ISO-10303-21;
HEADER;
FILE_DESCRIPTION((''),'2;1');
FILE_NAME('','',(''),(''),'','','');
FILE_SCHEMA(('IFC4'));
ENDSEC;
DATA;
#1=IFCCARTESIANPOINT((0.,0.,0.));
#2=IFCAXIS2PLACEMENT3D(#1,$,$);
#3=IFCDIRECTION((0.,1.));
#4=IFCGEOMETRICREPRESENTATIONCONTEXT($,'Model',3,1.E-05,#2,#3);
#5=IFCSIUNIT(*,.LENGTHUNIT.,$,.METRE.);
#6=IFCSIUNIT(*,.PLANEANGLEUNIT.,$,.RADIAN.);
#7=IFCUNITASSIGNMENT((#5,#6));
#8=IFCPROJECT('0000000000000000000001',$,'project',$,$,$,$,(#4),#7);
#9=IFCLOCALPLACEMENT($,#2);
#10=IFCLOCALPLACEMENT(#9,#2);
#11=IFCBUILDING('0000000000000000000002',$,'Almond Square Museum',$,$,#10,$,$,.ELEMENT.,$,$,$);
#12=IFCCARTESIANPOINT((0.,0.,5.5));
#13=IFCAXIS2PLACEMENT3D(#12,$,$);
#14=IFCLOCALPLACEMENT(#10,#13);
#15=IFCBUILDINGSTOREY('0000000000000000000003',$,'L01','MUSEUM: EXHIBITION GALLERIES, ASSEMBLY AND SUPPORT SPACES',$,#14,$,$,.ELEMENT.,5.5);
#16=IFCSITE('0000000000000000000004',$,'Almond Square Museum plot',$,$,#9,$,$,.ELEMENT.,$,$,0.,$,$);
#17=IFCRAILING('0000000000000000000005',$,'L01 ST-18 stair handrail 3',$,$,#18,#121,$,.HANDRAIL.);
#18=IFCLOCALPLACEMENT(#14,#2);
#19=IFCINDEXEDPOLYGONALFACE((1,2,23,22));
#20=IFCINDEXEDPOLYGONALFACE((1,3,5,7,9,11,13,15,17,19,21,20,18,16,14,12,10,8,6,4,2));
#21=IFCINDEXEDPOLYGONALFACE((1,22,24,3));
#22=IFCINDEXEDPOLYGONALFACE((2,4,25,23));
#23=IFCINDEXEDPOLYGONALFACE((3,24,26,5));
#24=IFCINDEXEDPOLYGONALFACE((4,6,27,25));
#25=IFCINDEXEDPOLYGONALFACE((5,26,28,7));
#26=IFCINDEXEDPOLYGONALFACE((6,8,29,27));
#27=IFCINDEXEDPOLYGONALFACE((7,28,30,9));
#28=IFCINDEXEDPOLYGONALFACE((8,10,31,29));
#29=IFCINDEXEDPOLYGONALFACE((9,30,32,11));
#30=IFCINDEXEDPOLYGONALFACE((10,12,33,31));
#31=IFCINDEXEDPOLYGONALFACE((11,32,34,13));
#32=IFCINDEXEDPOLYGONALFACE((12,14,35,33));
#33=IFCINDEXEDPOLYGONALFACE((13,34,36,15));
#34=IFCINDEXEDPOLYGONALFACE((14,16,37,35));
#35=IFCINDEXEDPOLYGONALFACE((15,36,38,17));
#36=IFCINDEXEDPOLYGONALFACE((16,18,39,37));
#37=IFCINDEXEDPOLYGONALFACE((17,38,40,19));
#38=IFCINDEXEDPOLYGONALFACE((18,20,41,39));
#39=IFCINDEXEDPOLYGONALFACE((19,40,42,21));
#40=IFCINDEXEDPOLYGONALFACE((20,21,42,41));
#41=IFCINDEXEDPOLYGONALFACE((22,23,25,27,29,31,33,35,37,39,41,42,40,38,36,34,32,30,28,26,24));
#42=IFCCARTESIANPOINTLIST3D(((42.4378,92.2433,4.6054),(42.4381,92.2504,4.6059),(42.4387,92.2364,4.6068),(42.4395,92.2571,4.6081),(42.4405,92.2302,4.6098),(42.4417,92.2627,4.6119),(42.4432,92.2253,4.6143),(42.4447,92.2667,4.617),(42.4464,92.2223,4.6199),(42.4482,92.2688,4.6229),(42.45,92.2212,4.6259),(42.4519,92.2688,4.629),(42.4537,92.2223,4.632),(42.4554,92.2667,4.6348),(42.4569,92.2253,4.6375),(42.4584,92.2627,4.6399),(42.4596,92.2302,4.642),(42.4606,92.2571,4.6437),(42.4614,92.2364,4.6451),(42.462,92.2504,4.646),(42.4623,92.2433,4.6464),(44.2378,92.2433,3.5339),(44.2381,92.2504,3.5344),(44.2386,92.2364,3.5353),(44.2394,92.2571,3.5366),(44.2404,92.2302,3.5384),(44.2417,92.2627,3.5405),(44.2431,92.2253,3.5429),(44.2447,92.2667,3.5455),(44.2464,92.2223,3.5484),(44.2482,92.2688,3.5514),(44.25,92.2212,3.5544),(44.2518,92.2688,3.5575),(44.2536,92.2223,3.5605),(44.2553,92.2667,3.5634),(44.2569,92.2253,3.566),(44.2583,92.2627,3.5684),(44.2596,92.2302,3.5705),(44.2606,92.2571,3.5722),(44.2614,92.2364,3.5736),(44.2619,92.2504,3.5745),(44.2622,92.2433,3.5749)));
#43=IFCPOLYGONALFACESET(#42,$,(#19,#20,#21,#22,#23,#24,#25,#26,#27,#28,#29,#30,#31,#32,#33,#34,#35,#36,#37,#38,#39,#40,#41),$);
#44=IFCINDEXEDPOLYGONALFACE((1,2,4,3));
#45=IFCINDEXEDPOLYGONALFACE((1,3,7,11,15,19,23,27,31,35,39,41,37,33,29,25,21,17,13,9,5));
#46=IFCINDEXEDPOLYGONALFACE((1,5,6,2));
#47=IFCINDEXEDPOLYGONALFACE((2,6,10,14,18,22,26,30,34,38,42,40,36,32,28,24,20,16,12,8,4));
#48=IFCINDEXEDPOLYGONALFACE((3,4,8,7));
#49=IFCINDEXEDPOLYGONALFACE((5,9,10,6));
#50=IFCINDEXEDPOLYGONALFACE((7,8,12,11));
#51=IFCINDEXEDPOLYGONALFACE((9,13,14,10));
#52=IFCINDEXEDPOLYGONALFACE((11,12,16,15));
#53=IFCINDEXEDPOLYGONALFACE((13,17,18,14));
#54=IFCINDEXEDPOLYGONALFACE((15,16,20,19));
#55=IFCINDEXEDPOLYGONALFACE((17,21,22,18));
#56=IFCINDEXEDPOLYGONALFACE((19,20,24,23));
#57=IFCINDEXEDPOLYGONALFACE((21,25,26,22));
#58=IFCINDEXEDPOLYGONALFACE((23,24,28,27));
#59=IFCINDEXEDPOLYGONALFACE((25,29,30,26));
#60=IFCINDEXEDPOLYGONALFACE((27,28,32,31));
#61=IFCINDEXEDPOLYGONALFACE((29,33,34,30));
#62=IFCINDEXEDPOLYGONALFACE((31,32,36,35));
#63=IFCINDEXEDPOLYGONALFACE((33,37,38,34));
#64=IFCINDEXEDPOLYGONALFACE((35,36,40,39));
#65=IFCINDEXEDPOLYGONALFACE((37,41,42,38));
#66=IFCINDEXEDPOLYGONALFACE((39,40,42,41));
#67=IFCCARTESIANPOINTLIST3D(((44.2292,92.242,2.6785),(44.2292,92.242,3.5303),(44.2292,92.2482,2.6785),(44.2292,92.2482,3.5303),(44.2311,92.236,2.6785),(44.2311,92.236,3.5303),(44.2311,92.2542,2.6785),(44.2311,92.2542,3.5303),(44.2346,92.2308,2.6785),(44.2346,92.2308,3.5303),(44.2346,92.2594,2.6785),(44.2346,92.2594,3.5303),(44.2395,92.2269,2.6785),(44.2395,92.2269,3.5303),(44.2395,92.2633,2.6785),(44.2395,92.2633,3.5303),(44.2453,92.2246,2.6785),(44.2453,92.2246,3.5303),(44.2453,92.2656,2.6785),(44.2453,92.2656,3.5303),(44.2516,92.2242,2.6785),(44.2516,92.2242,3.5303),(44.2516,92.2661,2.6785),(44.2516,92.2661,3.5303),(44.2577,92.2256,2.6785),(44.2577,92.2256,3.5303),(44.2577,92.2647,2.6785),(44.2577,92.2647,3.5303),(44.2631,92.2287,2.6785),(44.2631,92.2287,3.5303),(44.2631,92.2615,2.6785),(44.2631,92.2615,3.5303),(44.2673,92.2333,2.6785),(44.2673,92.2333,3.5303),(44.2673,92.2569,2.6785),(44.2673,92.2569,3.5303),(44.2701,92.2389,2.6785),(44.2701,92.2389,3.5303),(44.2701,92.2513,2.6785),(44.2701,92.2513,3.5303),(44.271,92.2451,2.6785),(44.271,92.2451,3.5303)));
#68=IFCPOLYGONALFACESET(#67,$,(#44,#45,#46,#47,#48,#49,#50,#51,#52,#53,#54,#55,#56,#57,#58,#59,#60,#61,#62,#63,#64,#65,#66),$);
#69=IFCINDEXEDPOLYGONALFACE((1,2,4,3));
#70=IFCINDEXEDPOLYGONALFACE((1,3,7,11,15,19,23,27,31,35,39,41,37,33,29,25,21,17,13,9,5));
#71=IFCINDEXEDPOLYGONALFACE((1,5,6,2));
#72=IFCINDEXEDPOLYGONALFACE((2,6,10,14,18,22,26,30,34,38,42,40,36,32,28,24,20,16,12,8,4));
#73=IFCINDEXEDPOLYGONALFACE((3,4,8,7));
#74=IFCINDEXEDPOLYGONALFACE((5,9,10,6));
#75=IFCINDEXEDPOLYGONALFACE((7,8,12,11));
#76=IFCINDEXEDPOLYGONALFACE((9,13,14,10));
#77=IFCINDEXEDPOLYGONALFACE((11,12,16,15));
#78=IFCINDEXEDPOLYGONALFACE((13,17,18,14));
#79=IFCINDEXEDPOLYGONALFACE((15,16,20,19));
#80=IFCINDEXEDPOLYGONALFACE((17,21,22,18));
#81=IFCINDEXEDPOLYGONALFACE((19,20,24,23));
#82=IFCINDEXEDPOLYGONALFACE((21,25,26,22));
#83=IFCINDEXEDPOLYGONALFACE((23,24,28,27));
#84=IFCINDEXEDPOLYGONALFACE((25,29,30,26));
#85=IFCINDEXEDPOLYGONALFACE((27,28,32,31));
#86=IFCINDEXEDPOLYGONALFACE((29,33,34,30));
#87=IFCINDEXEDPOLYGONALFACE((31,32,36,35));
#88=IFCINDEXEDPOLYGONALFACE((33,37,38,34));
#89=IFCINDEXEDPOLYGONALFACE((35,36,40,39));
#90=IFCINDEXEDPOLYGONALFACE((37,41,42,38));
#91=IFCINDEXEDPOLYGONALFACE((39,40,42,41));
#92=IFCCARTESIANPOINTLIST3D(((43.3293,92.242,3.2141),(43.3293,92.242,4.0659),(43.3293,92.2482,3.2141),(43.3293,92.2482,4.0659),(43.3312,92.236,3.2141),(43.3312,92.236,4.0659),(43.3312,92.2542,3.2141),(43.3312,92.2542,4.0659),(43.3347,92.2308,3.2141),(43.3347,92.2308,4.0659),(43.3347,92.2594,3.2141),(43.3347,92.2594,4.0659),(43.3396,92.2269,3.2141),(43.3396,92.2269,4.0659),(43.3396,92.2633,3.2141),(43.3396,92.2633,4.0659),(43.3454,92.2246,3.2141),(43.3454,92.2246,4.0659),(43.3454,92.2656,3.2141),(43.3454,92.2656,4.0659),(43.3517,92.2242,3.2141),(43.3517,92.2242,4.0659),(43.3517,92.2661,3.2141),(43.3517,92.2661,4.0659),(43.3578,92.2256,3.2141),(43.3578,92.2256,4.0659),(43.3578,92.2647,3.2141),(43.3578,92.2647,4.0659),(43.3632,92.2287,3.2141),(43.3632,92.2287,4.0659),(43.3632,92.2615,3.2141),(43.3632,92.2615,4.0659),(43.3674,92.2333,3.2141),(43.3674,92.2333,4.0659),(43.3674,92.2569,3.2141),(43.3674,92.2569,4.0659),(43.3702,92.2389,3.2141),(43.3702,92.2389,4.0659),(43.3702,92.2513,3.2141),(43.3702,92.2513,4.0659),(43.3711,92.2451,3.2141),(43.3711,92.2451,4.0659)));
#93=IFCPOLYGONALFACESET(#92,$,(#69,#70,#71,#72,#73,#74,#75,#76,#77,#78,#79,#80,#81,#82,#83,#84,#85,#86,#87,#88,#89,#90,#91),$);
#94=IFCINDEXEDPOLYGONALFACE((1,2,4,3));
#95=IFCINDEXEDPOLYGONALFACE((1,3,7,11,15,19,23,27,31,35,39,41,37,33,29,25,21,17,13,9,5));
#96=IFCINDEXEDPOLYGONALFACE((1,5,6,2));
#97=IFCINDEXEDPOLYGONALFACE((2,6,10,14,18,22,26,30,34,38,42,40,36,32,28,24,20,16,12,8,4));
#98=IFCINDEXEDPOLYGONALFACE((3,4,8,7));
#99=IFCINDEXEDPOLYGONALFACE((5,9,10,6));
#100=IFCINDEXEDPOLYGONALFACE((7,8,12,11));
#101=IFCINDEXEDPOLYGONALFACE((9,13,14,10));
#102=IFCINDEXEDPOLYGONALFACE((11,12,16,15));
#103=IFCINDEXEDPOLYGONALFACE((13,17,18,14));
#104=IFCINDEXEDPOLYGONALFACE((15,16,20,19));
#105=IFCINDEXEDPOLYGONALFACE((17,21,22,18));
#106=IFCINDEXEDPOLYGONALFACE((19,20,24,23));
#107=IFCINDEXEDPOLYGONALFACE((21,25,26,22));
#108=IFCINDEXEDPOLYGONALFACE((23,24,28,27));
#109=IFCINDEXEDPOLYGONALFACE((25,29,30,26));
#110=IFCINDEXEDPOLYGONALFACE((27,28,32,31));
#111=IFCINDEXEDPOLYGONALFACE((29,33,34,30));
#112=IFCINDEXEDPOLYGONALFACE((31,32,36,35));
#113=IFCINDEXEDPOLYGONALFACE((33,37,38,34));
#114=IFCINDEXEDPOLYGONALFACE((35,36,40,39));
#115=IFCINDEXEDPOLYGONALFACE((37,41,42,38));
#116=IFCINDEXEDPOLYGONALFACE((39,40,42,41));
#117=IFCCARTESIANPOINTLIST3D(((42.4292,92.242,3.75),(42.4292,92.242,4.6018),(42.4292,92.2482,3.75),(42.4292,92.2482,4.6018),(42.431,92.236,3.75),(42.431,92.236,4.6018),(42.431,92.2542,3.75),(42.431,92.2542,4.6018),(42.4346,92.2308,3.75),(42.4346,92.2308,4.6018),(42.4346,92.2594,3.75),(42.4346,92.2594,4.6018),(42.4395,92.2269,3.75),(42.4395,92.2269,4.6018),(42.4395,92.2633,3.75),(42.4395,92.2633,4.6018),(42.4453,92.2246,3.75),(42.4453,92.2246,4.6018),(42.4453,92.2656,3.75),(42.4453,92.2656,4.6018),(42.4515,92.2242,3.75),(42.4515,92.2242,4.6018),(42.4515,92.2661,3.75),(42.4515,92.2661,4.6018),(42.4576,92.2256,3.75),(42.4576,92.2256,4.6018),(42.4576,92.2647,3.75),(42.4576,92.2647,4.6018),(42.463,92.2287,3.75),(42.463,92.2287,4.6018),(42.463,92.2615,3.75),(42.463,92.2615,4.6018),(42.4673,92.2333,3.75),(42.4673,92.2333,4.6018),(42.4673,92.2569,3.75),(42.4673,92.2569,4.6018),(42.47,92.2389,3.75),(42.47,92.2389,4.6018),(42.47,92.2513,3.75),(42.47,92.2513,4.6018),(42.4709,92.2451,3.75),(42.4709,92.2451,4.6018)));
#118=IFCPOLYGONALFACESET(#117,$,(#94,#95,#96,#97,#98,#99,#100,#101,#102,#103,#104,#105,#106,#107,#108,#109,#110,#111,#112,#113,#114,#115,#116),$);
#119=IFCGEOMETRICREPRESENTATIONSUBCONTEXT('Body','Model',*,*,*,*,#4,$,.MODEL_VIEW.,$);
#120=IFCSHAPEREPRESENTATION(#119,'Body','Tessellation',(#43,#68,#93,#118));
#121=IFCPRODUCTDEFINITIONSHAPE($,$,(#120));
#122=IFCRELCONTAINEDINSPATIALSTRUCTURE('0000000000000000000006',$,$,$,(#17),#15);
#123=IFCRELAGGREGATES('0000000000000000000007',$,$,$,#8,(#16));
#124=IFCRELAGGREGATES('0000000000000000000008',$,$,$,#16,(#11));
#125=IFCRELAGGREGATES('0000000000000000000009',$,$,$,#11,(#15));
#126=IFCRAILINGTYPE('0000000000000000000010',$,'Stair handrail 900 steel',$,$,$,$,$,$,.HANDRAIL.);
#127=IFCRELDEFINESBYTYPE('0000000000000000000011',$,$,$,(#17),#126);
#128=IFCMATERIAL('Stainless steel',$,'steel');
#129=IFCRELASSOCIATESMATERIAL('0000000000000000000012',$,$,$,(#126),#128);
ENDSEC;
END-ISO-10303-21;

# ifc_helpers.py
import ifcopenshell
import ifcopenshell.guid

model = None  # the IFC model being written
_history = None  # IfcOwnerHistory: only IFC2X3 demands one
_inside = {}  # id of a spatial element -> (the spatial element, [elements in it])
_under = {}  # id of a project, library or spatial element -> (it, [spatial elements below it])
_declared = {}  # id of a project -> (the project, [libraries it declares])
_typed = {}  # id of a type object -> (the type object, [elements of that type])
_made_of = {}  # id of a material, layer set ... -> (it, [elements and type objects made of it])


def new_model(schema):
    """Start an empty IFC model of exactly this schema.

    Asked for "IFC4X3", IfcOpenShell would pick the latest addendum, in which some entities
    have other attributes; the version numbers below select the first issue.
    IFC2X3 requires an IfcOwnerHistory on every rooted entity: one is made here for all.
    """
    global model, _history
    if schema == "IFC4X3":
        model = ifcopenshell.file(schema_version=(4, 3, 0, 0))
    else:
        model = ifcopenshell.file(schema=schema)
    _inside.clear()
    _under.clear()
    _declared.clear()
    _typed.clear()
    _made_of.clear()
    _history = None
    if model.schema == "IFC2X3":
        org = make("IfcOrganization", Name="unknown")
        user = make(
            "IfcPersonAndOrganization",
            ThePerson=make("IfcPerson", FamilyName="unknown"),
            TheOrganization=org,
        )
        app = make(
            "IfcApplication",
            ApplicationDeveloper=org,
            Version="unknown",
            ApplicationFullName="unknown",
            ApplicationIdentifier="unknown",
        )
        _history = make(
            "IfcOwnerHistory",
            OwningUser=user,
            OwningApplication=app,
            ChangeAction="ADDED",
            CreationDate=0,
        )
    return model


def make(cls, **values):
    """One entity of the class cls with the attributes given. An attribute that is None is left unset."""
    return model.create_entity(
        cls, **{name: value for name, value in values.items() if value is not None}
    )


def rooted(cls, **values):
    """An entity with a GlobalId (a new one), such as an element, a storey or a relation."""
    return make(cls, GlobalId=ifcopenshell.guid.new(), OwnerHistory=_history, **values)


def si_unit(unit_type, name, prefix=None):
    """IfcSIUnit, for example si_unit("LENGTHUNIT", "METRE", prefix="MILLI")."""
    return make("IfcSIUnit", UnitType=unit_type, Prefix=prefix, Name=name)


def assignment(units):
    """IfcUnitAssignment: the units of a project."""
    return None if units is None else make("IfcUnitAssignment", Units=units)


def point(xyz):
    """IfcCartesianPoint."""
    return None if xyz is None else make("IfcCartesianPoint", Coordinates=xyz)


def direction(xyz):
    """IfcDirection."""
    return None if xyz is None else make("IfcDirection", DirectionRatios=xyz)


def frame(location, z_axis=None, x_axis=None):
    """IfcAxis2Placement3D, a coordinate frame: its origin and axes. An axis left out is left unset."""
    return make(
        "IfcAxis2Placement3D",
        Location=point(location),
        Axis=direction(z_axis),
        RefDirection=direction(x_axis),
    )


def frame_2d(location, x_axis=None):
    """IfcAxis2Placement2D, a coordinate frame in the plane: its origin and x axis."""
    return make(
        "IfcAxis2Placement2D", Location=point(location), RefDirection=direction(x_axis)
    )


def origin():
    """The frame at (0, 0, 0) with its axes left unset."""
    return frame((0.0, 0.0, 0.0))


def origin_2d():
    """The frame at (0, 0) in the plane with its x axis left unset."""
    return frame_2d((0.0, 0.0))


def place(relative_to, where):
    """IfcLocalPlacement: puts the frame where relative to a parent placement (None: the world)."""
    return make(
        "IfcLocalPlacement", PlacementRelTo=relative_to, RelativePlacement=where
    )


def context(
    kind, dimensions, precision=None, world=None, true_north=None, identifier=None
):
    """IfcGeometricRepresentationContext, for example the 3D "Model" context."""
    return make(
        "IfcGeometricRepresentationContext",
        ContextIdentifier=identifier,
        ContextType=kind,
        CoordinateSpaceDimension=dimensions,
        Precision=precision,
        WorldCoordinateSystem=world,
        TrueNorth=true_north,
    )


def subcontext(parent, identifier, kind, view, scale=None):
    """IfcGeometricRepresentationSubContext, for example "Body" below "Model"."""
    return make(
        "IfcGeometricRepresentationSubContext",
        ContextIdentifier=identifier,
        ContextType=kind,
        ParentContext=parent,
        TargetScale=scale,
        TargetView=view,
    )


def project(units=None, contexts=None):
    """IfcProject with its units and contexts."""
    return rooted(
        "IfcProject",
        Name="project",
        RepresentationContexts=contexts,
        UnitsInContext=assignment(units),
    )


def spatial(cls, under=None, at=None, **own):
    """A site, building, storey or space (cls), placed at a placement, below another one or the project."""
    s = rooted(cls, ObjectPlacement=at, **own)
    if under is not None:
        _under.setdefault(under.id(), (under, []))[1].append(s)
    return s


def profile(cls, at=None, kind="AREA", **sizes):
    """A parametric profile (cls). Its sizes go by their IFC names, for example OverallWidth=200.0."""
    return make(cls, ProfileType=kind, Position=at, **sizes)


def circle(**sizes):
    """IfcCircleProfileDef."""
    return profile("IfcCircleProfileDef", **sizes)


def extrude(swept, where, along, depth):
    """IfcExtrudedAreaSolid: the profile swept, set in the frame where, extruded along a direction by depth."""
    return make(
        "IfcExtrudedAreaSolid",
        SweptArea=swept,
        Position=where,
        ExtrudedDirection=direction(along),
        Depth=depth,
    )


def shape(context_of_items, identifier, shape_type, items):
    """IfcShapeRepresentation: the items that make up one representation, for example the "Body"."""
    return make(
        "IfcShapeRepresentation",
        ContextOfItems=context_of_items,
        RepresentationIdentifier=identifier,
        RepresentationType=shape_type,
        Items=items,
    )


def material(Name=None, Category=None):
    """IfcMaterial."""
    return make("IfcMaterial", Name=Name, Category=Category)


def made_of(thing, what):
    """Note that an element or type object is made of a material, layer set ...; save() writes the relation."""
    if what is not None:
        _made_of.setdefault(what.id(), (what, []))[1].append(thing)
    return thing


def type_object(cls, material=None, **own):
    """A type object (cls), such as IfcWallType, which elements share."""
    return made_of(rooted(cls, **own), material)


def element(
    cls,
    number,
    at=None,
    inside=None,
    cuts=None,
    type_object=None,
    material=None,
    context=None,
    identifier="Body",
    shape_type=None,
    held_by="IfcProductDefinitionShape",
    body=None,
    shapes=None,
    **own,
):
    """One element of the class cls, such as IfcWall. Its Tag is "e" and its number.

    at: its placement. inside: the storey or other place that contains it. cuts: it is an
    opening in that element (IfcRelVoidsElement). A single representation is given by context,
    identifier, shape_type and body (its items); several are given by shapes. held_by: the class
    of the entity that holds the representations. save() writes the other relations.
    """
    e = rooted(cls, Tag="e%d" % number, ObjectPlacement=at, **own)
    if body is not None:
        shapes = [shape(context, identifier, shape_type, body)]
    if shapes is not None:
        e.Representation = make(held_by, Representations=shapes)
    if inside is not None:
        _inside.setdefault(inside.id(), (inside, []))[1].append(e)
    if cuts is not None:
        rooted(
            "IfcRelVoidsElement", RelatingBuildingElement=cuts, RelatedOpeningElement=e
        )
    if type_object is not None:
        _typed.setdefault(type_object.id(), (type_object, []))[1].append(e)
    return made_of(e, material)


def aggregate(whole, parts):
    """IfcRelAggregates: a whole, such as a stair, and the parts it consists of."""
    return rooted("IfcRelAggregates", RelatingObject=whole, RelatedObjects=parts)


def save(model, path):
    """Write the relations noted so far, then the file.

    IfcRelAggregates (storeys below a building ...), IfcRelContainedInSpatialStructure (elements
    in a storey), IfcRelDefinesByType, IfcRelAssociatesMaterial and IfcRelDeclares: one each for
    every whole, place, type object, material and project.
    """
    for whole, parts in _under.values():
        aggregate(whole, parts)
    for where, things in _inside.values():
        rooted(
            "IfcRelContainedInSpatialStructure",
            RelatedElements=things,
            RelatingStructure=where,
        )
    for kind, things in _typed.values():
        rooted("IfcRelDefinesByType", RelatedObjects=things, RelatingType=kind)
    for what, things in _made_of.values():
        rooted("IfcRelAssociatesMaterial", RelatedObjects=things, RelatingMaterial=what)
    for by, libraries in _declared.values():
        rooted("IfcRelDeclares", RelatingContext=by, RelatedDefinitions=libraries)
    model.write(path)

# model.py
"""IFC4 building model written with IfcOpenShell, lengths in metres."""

from ifc_helpers import new_model, si_unit, direction, frame, origin, origin_2d, place, context, subcontext, project, spatial, circle, extrude, material, type_object, element, save


model = new_model("IFC4")

# Units and contexts
model_context = context("Model", 3, precision=1e-05, world=origin(), true_north=direction((0.0, 1.0)))
body_context = subcontext(model_context, "Body", "Model", "MODEL_VIEW")
ifc_project = project(units=[si_unit("LENGTHUNIT", "METRE"), si_unit("PLANEANGLEUNIT", "RADIAN")], contexts=[model_context])

# Site, building, storey
site_placement = place(None, origin())
site = spatial("IfcSite", under=ifc_project, at=site_placement, Name="Almond Square Museum plot", CompositionType="ELEMENT", RefElevation=0.0)
building_placement = place(site_placement, origin())
building = spatial("IfcBuilding", under=site, at=building_placement, Name="Almond Square Museum", CompositionType="ELEMENT")
storey_placement = place(building_placement, frame((0.0, 0.0, 5.5)))
storey = spatial("IfcBuildingStorey", under=building, at=storey_placement, Name="L01", Description="MUSEUM: EXHIBITION GALLERIES, ASSEMBLY AND SUPPORT SPACES", CompositionType="ELEMENT", Elevation=5.5)

# Railing
ifc_material_1 = material(Name="Stainless steel", Category="steel")
railing_type_1 = type_object("IfcRailingType", Name="Stair handrail 900 steel", PredefinedType="HANDRAIL", material=ifc_material_1)
railing_1_placement = place(storey_placement, frame((44.25, 92.2451, 2.6785)))
element("IfcRailing", 1, at=railing_1_placement, inside=storey, type_object=railing_type_1, Name="L01 ST-18 stair handrail 3", PredefinedType="HANDRAIL", context=body_context, shape_type="SweptSolid", body=[
    extrude(circle(Radius=0.0239, at=origin_2d()), frame((0.0, 0.0, 0.876), z_axis=(-0.859277, 0.0, 0.51151), x_axis=(0.0, -1.0, 0.0)), (0.0, 0.0, 1.0), 2.0947),
    extrude(circle(Radius=0.021, at=origin_2d()), origin(), (0.0, 0.0, 1.0), 0.8518),
    extrude(circle(Radius=0.021, at=origin_2d()), frame((-0.8999, 0.0, 0.5356)), (0.0, 0.0, 1.0), 0.8518),
    extrude(circle(Radius=0.021, at=origin_2d()), frame((-1.8, 0.0, 1.0715)), (0.0, 0.0, 1.0), 0.8518),
])

save(model, "model.ifc")
